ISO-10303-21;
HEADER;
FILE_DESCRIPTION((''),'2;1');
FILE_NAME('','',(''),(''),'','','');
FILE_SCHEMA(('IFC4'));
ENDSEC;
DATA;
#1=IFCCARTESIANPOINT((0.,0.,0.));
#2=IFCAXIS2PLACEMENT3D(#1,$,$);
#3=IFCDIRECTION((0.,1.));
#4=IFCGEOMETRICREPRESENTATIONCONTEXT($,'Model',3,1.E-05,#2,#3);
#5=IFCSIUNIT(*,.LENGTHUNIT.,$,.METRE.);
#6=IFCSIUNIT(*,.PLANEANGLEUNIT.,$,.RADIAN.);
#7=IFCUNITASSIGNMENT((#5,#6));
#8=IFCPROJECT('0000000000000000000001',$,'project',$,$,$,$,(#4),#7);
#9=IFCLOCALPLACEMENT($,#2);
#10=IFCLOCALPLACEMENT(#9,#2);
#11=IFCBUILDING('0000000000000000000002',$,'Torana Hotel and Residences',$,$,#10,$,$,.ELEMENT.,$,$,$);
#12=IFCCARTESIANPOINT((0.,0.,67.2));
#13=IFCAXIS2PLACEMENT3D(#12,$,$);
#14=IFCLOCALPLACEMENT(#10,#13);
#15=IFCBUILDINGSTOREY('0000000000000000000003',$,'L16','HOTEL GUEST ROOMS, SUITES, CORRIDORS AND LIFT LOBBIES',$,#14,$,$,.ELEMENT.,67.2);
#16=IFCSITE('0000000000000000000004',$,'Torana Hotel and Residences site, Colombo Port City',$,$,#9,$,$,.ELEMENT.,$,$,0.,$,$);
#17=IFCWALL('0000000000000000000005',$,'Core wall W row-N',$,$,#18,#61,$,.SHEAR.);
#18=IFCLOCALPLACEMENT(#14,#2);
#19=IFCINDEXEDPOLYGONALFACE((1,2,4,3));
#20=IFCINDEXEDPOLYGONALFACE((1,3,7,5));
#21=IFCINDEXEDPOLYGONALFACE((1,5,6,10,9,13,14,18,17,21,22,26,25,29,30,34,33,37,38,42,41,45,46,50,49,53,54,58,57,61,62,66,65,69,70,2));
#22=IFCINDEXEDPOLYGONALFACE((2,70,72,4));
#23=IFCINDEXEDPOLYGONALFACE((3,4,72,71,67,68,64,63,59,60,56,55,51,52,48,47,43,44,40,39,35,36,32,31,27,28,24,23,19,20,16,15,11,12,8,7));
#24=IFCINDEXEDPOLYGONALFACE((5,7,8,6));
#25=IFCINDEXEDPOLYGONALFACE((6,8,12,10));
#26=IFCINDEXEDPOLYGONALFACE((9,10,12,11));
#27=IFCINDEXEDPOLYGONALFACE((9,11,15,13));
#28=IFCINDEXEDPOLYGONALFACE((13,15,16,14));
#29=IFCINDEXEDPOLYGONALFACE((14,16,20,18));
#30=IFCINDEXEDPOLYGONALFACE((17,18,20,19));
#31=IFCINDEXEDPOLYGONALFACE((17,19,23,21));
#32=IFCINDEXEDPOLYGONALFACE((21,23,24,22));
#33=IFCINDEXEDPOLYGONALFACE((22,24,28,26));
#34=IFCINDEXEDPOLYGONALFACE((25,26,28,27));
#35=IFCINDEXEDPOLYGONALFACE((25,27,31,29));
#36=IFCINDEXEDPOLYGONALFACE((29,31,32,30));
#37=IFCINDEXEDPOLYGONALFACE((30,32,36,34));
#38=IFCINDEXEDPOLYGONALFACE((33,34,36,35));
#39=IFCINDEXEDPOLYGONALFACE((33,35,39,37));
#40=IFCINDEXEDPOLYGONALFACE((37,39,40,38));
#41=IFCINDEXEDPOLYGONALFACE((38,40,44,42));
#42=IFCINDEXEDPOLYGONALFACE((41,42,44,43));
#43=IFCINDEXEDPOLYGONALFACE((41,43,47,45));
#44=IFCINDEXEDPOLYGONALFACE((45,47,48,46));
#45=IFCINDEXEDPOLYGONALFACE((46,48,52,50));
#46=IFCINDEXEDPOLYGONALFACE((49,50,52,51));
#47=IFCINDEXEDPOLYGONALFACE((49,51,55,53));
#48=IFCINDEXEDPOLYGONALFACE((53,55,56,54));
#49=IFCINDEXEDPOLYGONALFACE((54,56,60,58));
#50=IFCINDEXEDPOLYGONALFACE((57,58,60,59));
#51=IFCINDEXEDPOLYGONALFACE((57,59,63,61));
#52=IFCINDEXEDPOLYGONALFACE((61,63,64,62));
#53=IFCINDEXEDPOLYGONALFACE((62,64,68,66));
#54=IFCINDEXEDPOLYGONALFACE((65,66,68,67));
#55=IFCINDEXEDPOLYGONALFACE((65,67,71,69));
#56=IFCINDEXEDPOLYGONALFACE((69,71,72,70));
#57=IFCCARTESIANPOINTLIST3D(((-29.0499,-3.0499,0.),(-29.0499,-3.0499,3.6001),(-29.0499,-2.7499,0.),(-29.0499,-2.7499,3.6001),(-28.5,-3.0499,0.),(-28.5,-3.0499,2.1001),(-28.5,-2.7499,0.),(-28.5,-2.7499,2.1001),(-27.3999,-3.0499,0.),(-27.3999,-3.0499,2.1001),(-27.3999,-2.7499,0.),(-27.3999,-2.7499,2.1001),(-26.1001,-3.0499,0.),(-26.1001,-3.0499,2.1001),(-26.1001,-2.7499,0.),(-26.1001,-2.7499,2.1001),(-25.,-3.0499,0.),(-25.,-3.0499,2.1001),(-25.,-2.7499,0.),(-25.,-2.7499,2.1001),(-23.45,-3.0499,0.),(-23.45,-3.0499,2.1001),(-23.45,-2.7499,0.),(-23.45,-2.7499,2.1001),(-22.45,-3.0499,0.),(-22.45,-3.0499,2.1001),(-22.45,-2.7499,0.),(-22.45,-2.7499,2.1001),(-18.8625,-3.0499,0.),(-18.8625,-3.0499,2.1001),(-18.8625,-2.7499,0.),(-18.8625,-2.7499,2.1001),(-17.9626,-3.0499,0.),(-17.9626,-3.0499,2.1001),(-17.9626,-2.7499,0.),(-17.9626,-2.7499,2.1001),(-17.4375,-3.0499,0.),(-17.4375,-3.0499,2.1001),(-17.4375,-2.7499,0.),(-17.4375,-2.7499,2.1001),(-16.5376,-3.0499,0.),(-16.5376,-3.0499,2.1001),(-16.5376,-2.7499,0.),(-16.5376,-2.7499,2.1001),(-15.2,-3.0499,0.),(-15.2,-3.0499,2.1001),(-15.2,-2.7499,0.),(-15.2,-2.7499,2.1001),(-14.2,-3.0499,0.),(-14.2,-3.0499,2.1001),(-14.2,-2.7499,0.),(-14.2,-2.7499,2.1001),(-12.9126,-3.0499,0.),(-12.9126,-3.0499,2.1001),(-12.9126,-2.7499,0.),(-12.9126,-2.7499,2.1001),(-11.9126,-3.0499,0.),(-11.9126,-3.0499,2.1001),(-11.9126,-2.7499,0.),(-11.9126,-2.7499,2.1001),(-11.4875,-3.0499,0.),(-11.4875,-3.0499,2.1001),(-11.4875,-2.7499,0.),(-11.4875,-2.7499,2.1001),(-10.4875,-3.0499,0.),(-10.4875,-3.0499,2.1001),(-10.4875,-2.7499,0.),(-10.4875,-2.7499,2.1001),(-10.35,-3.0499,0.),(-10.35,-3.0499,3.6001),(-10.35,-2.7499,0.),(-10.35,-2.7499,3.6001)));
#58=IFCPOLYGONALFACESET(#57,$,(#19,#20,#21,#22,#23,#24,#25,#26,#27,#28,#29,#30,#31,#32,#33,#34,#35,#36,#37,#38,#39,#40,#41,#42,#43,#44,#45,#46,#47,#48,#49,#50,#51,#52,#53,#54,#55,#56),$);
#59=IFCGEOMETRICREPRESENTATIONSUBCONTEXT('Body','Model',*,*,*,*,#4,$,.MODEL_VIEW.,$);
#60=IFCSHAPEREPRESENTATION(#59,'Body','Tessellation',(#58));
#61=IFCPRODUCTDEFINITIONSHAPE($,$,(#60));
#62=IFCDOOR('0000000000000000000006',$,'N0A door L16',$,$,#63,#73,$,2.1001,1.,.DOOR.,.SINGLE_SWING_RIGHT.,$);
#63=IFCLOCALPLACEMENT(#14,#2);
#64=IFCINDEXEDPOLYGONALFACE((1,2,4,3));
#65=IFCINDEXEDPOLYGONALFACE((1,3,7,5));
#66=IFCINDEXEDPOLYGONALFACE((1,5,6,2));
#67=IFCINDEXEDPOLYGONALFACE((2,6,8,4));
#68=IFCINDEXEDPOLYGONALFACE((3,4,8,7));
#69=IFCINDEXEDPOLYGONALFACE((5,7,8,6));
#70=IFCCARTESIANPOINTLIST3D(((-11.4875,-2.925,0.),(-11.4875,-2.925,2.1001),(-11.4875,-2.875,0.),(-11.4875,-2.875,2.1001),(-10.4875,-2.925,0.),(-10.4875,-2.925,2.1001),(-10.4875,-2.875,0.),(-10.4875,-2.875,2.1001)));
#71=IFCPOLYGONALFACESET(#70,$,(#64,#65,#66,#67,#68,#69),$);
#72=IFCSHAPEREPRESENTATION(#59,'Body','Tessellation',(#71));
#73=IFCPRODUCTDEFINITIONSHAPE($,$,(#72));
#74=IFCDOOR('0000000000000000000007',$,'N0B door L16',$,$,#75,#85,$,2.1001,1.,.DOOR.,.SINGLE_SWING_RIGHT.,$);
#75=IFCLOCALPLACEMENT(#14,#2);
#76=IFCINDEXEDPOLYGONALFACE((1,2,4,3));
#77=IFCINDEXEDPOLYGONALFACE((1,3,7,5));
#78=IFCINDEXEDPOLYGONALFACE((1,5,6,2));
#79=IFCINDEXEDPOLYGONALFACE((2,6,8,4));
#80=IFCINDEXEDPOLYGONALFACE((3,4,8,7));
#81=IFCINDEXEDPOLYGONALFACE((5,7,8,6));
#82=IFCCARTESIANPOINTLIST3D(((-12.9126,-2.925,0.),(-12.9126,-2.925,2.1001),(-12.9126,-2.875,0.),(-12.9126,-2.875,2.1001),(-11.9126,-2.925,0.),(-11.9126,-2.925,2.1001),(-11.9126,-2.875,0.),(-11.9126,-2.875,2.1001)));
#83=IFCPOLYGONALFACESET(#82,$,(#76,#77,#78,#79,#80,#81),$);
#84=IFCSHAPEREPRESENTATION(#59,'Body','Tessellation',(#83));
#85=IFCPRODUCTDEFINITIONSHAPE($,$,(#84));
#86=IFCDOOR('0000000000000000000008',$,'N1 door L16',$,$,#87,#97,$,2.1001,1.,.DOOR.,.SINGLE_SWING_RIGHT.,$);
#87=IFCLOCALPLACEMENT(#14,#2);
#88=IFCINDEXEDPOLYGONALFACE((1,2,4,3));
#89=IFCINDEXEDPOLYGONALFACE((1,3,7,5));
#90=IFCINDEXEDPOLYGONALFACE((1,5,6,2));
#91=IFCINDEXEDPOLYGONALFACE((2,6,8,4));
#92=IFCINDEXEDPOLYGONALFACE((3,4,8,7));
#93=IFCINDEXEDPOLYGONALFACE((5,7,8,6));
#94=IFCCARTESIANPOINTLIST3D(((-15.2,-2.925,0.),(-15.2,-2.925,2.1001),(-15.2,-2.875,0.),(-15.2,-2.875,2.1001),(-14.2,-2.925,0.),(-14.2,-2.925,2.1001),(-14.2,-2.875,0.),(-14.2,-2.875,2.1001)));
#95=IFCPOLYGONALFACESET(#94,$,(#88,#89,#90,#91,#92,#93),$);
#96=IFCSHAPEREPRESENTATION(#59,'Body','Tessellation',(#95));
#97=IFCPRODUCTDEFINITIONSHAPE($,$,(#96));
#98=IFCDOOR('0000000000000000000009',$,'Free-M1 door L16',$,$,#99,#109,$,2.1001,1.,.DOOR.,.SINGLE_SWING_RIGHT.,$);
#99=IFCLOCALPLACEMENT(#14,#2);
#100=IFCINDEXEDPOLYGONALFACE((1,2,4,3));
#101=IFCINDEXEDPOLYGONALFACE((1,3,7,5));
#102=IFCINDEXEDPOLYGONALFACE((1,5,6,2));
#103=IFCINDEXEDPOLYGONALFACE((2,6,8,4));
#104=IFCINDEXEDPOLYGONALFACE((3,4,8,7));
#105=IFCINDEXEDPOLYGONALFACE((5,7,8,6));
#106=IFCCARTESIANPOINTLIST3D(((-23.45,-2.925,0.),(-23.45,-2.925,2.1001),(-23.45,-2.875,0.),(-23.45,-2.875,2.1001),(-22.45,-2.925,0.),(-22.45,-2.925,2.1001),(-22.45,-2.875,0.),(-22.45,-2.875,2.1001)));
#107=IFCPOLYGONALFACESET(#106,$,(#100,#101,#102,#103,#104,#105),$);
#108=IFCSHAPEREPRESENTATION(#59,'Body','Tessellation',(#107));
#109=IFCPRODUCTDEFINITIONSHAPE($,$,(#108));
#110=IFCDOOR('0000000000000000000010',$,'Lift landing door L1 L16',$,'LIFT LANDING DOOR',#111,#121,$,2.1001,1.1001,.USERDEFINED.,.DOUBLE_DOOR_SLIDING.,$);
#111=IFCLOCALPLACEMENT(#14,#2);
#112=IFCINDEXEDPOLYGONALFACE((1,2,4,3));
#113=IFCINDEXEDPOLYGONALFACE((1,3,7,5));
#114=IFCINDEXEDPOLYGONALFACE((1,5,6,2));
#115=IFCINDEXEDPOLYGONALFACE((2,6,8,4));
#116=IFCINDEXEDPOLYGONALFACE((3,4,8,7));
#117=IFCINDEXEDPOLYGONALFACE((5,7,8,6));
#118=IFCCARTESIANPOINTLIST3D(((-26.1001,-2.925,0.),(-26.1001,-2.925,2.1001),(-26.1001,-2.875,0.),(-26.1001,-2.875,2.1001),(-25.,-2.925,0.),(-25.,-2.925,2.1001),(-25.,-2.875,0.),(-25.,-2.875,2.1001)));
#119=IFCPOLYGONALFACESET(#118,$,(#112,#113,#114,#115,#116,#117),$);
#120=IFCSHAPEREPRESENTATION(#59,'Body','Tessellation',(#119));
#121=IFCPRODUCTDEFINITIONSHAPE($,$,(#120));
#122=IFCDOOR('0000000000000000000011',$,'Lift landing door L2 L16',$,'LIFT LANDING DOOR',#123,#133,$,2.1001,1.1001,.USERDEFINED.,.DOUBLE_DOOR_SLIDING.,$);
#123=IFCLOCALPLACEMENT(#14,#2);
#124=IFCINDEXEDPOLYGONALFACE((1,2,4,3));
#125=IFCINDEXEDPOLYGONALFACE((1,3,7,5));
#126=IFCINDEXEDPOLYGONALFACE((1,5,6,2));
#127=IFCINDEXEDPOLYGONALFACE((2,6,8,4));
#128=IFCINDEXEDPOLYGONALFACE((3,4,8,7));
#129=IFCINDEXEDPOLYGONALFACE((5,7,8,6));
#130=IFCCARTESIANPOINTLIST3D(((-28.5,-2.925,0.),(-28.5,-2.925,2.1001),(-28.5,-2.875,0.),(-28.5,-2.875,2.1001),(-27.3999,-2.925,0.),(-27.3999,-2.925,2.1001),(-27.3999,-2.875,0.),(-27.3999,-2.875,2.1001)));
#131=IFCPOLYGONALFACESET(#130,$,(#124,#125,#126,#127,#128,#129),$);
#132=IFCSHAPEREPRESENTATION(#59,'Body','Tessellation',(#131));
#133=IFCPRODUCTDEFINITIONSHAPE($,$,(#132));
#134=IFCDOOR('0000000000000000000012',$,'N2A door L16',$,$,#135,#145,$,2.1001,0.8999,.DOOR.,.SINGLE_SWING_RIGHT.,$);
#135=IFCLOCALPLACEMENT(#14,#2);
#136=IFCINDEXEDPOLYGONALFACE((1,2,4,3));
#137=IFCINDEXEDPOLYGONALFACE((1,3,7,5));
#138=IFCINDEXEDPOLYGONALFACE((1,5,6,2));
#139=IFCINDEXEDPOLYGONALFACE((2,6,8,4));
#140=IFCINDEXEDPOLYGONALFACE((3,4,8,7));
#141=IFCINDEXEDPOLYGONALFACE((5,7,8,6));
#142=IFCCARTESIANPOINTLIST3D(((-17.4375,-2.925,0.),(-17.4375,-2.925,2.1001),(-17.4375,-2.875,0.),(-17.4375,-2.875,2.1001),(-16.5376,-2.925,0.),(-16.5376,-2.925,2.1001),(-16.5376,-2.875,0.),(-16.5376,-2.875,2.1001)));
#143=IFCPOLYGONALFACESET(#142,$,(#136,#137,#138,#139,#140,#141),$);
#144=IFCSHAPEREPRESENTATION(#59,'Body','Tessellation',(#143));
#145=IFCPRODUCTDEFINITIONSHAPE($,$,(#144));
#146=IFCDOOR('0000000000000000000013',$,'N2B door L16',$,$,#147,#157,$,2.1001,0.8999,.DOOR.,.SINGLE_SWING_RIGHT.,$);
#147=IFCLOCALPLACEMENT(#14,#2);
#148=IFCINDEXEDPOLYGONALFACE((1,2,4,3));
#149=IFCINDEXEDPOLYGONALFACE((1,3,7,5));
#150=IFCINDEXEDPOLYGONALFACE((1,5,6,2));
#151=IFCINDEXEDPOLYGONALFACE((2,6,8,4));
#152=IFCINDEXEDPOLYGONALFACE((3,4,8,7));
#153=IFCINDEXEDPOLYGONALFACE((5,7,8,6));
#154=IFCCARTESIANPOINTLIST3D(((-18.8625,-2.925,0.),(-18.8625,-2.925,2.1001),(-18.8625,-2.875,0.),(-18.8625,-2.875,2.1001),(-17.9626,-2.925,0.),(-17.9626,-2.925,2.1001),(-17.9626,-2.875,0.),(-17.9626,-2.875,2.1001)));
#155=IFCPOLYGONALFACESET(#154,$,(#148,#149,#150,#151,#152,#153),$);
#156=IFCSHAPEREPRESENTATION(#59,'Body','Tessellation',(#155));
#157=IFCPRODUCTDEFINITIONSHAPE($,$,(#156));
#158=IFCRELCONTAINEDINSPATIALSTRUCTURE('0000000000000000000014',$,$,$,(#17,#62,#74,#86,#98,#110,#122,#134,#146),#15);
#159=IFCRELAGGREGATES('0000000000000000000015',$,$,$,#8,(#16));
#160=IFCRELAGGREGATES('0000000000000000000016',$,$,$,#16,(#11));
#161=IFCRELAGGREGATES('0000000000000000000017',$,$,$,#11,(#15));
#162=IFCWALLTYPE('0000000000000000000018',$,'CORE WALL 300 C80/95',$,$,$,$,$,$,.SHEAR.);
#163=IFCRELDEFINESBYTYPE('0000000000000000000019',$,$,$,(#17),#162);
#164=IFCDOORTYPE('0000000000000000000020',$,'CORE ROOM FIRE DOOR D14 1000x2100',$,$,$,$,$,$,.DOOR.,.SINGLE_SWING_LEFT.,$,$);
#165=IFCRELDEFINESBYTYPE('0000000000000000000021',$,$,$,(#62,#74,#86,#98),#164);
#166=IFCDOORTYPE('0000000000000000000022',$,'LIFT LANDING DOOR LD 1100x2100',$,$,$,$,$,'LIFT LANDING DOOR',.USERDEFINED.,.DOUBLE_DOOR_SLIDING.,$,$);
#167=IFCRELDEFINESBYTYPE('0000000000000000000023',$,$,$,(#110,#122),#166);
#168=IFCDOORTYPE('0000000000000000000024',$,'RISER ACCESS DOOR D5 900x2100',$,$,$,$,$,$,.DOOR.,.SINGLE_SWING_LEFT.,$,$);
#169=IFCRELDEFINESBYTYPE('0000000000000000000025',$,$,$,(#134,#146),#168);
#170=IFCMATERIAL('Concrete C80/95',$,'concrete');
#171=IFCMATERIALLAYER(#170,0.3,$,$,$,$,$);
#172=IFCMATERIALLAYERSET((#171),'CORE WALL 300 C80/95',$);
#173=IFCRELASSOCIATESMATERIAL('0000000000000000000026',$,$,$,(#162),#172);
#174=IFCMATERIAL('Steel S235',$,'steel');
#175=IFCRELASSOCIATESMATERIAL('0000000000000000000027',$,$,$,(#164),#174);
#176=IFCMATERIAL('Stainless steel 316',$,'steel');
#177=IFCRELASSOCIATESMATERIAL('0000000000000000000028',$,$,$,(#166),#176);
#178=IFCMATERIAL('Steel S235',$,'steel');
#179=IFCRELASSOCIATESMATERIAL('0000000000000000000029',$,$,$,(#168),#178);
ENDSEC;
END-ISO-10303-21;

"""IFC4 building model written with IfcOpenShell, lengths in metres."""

from ifc_helpers import new_model, si_unit, direction, frame, frame_2d, origin, place, context, subcontext, project, spatial, rectangle, extrude, material, layer, layer_set, type_object, element, fill, save


model = new_model("IFC4")

# Units and contexts
model_context = context("Model", 3, precision=1e-05, world=origin(), true_north=direction((0.0, 1.0)))
body_context = subcontext(model_context, "Body", "Model", "MODEL_VIEW")
ifc_project = project(units=[si_unit("LENGTHUNIT", "METRE"), si_unit("PLANEANGLEUNIT", "RADIAN")], contexts=[model_context])

# Site, building, storey
site_placement = place(None, origin())
site = spatial("IfcSite", under=ifc_project, at=site_placement, Name="Torana Hotel and Residences site, Colombo Port City", CompositionType="ELEMENT", RefElevation=0.0)
building_placement = place(site_placement, origin())
building = spatial("IfcBuilding", under=site, at=building_placement, Name="Torana Hotel and Residences", CompositionType="ELEMENT")
storey_placement = place(building_placement, frame((0.0, 0.0, 67.2)))
storey = spatial("IfcBuildingStorey", under=building, at=storey_placement, Name="L16", Description="HOTEL GUEST ROOMS, SUITES, CORRIDORS AND LIFT LOBBIES", CompositionType="ELEMENT", Elevation=67.2)

# Wall, openings, doors
ifc_material_1 = material(Name="Concrete C80/95", Category="concrete")
ifc_layer_1 = layer(ifc_material_1, 0.3)
ifc_layer_set_1 = layer_set([ifc_layer_1], Name="CORE WALL 300 C80/95")
wall_type_1 = type_object("IfcWallType", Name="CORE WALL 300 C80/95", PredefinedType="SHEAR", material=ifc_layer_set_1)
wall_1_placement = place(storey_placement, frame((-29.05, -2.8999, 0.0), z_axis=(0.0, 0.0, 1.0), x_axis=(1.0, 0.0, 0.0)))
wall_1 = element("IfcWall", 1, at=wall_1_placement, inside=storey, type_object=wall_type_1, Name="Core wall W row-N", PredefinedType="SHEAR", context=body_context, shape_type="SweptSolid", body=[
    extrude(rectangle(XDim=18.7, YDim=0.3, at=frame_2d((9.3501, 0.0))), origin(), (0.0, 0.0, 1.0), 3.6001),
])
opening_1_placement = place(wall_1_placement, frame((2.95, 0.0, 0.0)))
opening_1 = element("IfcOpeningElement", 2, at=opening_1_placement, cuts=wall_1, PredefinedType="OPENING", context=body_context, shape_type="SweptSolid", body=[
    extrude(rectangle(XDim=1.1001, YDim=2.1001, at=frame_2d((0.55, 1.05))), frame((0.0, 0.1599, 0.0), z_axis=(0.0, -1.0, 0.0), x_axis=(1.0, 0.0, 0.0)), (0.0, 0.0, 1.0), 0.3201),
])
opening_2_placement = place(wall_1_placement, frame((0.55, 0.0, 0.0)))
opening_2 = element("IfcOpeningElement", 3, at=opening_2_placement, cuts=wall_1, PredefinedType="OPENING", context=body_context, shape_type="SweptSolid", body=[
    extrude(rectangle(XDim=1.1001, YDim=2.1001, at=frame_2d((0.55, 1.05))), frame((0.0, 0.1599, 0.0), z_axis=(0.0, -1.0, 0.0), x_axis=(1.0, 0.0, 0.0)), (0.0, 0.0, 1.0), 0.3201),
])
opening_3_placement = place(wall_1_placement, frame((11.6125, 0.0, 0.0)))
opening_3 = element("IfcOpeningElement", 4, at=opening_3_placement, cuts=wall_1, PredefinedType="OPENING", context=body_context, shape_type="SweptSolid", body=[
    extrude(rectangle(XDim=0.8999, YDim=2.1001, at=frame_2d((0.45, 1.05))), frame((0.0, 0.1599, 0.0), z_axis=(0.0, -1.0, 0.0), x_axis=(1.0, 0.0, 0.0)), (0.0, 0.0, 1.0), 0.3201),
])
opening_4_placement = place(wall_1_placement, frame((10.1875, 0.0, 0.0)))
opening_4 = element("IfcOpeningElement", 5, at=opening_4_placement, cuts=wall_1, PredefinedType="OPENING", context=body_context, shape_type="SweptSolid", body=[
    extrude(rectangle(XDim=0.8999, YDim=2.1001, at=frame_2d((0.45, 1.05))), frame((0.0, 0.1599, 0.0), z_axis=(0.0, -1.0, 0.0), x_axis=(1.0, 0.0, 0.0)), (0.0, 0.0, 1.0), 0.3201),
])
opening_5_placement = place(wall_1_placement, frame((17.5625, 0.0, 0.0)))
opening_5 = element("IfcOpeningElement", 6, at=opening_5_placement, cuts=wall_1, PredefinedType="OPENING", context=body_context, shape_type="SweptSolid", body=[
    extrude(rectangle(XDim=1.0, YDim=2.1001, at=frame_2d((0.5, 1.05))), frame((0.0, 0.1599, 0.0), z_axis=(0.0, -1.0, 0.0), x_axis=(1.0, 0.0, 0.0)), (0.0, 0.0, 1.0), 0.3201),
])
opening_6_placement = place(wall_1_placement, frame((16.1375, 0.0, 0.0)))
opening_6 = element("IfcOpeningElement", 7, at=opening_6_placement, cuts=wall_1, PredefinedType="OPENING", context=body_context, shape_type="SweptSolid", body=[
    extrude(rectangle(XDim=1.0, YDim=2.1001, at=frame_2d((0.5, 1.05))), frame((0.0, 0.1599, 0.0), z_axis=(0.0, -1.0, 0.0), x_axis=(1.0, 0.0, 0.0)), (0.0, 0.0, 1.0), 0.3201),
])
opening_7_placement = place(wall_1_placement, frame((13.8501, 0.0, 0.0)))
opening_7 = element("IfcOpeningElement", 8, at=opening_7_placement, cuts=wall_1, PredefinedType="OPENING", context=body_context, shape_type="SweptSolid", body=[
    extrude(rectangle(XDim=1.0, YDim=2.1001, at=frame_2d((0.5, 1.05))), frame((0.0, 0.1599, 0.0), z_axis=(0.0, -1.0, 0.0), x_axis=(1.0, 0.0, 0.0)), (0.0, 0.0, 1.0), 0.3201),
])
opening_8_placement = place(wall_1_placement, frame((5.6001, 0.0, 0.0)))
opening_8 = element("IfcOpeningElement", 9, at=opening_8_placement, cuts=wall_1, PredefinedType="OPENING", context=body_context, shape_type="SweptSolid", body=[
    extrude(rectangle(XDim=1.0, YDim=2.1001, at=frame_2d((0.5, 1.05))), frame((0.0, 0.1599, 0.0), z_axis=(0.0, -1.0, 0.0), x_axis=(1.0, 0.0, 0.0)), (0.0, 0.0, 1.0), 0.3201),
])
ifc_material_2 = material(Name="Steel S235", Category="steel")
door_type_1 = type_object("IfcDoorType", Name="CORE ROOM FIRE DOOR D14 1000x2100", OperationType="SINGLE_SWING_LEFT", PredefinedType="DOOR", material=ifc_material_2)
door_1_placement = place(opening_5_placement, origin())
door_1 = element("IfcDoor", 10, at=door_1_placement, inside=storey, type_object=door_type_1, Name="N0A door L16", OperationType="SINGLE_SWING_RIGHT", OverallHeight=2.1001, OverallWidth=1.0, PredefinedType="DOOR", context=body_context, shape_type="SweptSolid", body=[
    extrude(rectangle(XDim=1.0, YDim=2.1001, at=frame_2d((0.5, 1.05))), frame((0.0, 0.0249, 0.0), z_axis=(0.0, -1.0, 0.0), x_axis=(1.0, 0.0, 0.0)), (0.0, 0.0, 1.0), 0.05),
])
fill(opening_5, door_1)
door_2_placement = place(opening_6_placement, origin())
door_2 = element("IfcDoor", 11, at=door_2_placement, inside=storey, type_object=door_type_1, Name="N0B door L16", OperationType="SINGLE_SWING_RIGHT", OverallHeight=2.1001, OverallWidth=1.0, PredefinedType="DOOR", context=body_context, shape_type="SweptSolid", body=[
    extrude(rectangle(XDim=1.0, YDim=2.1001, at=frame_2d((0.5, 1.05))), frame((0.0, 0.0249, 0.0), z_axis=(0.0, -1.0, 0.0), x_axis=(1.0, 0.0, 0.0)), (0.0, 0.0, 1.0), 0.05),
])
fill(opening_6, door_2)
door_3_placement = place(opening_7_placement, origin())
door_3 = element("IfcDoor", 12, at=door_3_placement, inside=storey, type_object=door_type_1, Name="N1 door L16", OperationType="SINGLE_SWING_RIGHT", OverallHeight=2.1001, OverallWidth=1.0, PredefinedType="DOOR", context=body_context, shape_type="SweptSolid", body=[
    extrude(rectangle(XDim=1.0, YDim=2.1001, at=frame_2d((0.5, 1.05))), frame((0.0, 0.0249, 0.0), z_axis=(0.0, -1.0, 0.0), x_axis=(1.0, 0.0, 0.0)), (0.0, 0.0, 1.0), 0.05),
])
fill(opening_7, door_3)
door_4_placement = place(opening_8_placement, origin())
door_4 = element("IfcDoor", 13, at=door_4_placement, inside=storey, type_object=door_type_1, Name="Free-M1 door L16", OperationType="SINGLE_SWING_RIGHT", OverallHeight=2.1001, OverallWidth=1.0, PredefinedType="DOOR", context=body_context, shape_type="SweptSolid", body=[
    extrude(rectangle(XDim=1.0, YDim=2.1001, at=frame_2d((0.5, 1.05))), frame((0.0, 0.0249, 0.0), z_axis=(0.0, -1.0, 0.0), x_axis=(1.0, 0.0, 0.0)), (0.0, 0.0, 1.0), 0.05),
])
fill(opening_8, door_4)
ifc_material_3 = material(Name="Stainless steel 316", Category="steel")
door_type_2 = type_object("IfcDoorType", Name="LIFT LANDING DOOR LD 1100x2100", ElementType="LIFT LANDING DOOR", OperationType="DOUBLE_DOOR_SLIDING", PredefinedType="USERDEFINED", material=ifc_material_3)
door_5_placement = place(opening_1_placement, origin())
door_5 = element("IfcDoor", 14, at=door_5_placement, inside=storey, type_object=door_type_2, Name="Lift landing door L1 L16", ObjectType="LIFT LANDING DOOR", OperationType="DOUBLE_DOOR_SLIDING", OverallHeight=2.1001, OverallWidth=1.1001, PredefinedType="USERDEFINED", context=body_context, shape_type="SweptSolid", body=[
    extrude(rectangle(XDim=1.1001, YDim=2.1001, at=frame_2d((0.55, 1.05))), frame((0.0, 0.0249, 0.0), z_axis=(0.0, -1.0, 0.0), x_axis=(1.0, 0.0, 0.0)), (0.0, 0.0, 1.0), 0.05),
])
fill(opening_1, door_5)
door_6_placement = place(opening_2_placement, origin())
door_6 = element("IfcDoor", 15, at=door_6_placement, inside=storey, type_object=door_type_2, Name="Lift landing door L2 L16", ObjectType="LIFT LANDING DOOR", OperationType="DOUBLE_DOOR_SLIDING", OverallHeight=2.1001, OverallWidth=1.1001, PredefinedType="USERDEFINED", context=body_context, shape_type="SweptSolid", body=[
    extrude(rectangle(XDim=1.1001, YDim=2.1001, at=frame_2d((0.55, 1.05))), frame((0.0, 0.0249, 0.0), z_axis=(0.0, -1.0, 0.0), x_axis=(1.0, 0.0, 0.0)), (0.0, 0.0, 1.0), 0.05),
])
fill(opening_2, door_6)
ifc_material_4 = material(Name="Steel S235", Category="steel")
door_type_3 = type_object("IfcDoorType", Name="RISER ACCESS DOOR D5 900x2100", OperationType="SINGLE_SWING_LEFT", PredefinedType="DOOR", material=ifc_material_4)
door_7_placement = place(opening_3_placement, origin())
door_7 = element("IfcDoor", 16, at=door_7_placement, inside=storey, type_object=door_type_3, Name="N2A door L16", OperationType="SINGLE_SWING_RIGHT", OverallHeight=2.1001, OverallWidth=0.8999, PredefinedType="DOOR", context=body_context, shape_type="SweptSolid", body=[
    extrude(rectangle(XDim=0.8999, YDim=2.1001, at=frame_2d((0.45, 1.05))), frame((0.0, 0.0249, 0.0), z_axis=(0.0, -1.0, 0.0), x_axis=(1.0, 0.0, 0.0)), (0.0, 0.0, 1.0), 0.05),
])
fill(opening_3, door_7)
door_8_placement = place(opening_4_placement, origin())
door_8 = element("IfcDoor", 17, at=door_8_placement, inside=storey, type_object=door_type_3, Name="N2B door L16", OperationType="SINGLE_SWING_RIGHT", OverallHeight=2.1001, OverallWidth=0.8999, PredefinedType="DOOR", context=body_context, shape_type="SweptSolid", body=[
    extrude(rectangle(XDim=0.8999, YDim=2.1001, at=frame_2d((0.45, 1.05))), frame((0.0, 0.0249, 0.0), z_axis=(0.0, -1.0, 0.0), x_axis=(1.0, 0.0, 0.0)), (0.0, 0.0, 1.0), 0.05),
])
fill(opening_4, door_8)

save(model, "model.ifc")
